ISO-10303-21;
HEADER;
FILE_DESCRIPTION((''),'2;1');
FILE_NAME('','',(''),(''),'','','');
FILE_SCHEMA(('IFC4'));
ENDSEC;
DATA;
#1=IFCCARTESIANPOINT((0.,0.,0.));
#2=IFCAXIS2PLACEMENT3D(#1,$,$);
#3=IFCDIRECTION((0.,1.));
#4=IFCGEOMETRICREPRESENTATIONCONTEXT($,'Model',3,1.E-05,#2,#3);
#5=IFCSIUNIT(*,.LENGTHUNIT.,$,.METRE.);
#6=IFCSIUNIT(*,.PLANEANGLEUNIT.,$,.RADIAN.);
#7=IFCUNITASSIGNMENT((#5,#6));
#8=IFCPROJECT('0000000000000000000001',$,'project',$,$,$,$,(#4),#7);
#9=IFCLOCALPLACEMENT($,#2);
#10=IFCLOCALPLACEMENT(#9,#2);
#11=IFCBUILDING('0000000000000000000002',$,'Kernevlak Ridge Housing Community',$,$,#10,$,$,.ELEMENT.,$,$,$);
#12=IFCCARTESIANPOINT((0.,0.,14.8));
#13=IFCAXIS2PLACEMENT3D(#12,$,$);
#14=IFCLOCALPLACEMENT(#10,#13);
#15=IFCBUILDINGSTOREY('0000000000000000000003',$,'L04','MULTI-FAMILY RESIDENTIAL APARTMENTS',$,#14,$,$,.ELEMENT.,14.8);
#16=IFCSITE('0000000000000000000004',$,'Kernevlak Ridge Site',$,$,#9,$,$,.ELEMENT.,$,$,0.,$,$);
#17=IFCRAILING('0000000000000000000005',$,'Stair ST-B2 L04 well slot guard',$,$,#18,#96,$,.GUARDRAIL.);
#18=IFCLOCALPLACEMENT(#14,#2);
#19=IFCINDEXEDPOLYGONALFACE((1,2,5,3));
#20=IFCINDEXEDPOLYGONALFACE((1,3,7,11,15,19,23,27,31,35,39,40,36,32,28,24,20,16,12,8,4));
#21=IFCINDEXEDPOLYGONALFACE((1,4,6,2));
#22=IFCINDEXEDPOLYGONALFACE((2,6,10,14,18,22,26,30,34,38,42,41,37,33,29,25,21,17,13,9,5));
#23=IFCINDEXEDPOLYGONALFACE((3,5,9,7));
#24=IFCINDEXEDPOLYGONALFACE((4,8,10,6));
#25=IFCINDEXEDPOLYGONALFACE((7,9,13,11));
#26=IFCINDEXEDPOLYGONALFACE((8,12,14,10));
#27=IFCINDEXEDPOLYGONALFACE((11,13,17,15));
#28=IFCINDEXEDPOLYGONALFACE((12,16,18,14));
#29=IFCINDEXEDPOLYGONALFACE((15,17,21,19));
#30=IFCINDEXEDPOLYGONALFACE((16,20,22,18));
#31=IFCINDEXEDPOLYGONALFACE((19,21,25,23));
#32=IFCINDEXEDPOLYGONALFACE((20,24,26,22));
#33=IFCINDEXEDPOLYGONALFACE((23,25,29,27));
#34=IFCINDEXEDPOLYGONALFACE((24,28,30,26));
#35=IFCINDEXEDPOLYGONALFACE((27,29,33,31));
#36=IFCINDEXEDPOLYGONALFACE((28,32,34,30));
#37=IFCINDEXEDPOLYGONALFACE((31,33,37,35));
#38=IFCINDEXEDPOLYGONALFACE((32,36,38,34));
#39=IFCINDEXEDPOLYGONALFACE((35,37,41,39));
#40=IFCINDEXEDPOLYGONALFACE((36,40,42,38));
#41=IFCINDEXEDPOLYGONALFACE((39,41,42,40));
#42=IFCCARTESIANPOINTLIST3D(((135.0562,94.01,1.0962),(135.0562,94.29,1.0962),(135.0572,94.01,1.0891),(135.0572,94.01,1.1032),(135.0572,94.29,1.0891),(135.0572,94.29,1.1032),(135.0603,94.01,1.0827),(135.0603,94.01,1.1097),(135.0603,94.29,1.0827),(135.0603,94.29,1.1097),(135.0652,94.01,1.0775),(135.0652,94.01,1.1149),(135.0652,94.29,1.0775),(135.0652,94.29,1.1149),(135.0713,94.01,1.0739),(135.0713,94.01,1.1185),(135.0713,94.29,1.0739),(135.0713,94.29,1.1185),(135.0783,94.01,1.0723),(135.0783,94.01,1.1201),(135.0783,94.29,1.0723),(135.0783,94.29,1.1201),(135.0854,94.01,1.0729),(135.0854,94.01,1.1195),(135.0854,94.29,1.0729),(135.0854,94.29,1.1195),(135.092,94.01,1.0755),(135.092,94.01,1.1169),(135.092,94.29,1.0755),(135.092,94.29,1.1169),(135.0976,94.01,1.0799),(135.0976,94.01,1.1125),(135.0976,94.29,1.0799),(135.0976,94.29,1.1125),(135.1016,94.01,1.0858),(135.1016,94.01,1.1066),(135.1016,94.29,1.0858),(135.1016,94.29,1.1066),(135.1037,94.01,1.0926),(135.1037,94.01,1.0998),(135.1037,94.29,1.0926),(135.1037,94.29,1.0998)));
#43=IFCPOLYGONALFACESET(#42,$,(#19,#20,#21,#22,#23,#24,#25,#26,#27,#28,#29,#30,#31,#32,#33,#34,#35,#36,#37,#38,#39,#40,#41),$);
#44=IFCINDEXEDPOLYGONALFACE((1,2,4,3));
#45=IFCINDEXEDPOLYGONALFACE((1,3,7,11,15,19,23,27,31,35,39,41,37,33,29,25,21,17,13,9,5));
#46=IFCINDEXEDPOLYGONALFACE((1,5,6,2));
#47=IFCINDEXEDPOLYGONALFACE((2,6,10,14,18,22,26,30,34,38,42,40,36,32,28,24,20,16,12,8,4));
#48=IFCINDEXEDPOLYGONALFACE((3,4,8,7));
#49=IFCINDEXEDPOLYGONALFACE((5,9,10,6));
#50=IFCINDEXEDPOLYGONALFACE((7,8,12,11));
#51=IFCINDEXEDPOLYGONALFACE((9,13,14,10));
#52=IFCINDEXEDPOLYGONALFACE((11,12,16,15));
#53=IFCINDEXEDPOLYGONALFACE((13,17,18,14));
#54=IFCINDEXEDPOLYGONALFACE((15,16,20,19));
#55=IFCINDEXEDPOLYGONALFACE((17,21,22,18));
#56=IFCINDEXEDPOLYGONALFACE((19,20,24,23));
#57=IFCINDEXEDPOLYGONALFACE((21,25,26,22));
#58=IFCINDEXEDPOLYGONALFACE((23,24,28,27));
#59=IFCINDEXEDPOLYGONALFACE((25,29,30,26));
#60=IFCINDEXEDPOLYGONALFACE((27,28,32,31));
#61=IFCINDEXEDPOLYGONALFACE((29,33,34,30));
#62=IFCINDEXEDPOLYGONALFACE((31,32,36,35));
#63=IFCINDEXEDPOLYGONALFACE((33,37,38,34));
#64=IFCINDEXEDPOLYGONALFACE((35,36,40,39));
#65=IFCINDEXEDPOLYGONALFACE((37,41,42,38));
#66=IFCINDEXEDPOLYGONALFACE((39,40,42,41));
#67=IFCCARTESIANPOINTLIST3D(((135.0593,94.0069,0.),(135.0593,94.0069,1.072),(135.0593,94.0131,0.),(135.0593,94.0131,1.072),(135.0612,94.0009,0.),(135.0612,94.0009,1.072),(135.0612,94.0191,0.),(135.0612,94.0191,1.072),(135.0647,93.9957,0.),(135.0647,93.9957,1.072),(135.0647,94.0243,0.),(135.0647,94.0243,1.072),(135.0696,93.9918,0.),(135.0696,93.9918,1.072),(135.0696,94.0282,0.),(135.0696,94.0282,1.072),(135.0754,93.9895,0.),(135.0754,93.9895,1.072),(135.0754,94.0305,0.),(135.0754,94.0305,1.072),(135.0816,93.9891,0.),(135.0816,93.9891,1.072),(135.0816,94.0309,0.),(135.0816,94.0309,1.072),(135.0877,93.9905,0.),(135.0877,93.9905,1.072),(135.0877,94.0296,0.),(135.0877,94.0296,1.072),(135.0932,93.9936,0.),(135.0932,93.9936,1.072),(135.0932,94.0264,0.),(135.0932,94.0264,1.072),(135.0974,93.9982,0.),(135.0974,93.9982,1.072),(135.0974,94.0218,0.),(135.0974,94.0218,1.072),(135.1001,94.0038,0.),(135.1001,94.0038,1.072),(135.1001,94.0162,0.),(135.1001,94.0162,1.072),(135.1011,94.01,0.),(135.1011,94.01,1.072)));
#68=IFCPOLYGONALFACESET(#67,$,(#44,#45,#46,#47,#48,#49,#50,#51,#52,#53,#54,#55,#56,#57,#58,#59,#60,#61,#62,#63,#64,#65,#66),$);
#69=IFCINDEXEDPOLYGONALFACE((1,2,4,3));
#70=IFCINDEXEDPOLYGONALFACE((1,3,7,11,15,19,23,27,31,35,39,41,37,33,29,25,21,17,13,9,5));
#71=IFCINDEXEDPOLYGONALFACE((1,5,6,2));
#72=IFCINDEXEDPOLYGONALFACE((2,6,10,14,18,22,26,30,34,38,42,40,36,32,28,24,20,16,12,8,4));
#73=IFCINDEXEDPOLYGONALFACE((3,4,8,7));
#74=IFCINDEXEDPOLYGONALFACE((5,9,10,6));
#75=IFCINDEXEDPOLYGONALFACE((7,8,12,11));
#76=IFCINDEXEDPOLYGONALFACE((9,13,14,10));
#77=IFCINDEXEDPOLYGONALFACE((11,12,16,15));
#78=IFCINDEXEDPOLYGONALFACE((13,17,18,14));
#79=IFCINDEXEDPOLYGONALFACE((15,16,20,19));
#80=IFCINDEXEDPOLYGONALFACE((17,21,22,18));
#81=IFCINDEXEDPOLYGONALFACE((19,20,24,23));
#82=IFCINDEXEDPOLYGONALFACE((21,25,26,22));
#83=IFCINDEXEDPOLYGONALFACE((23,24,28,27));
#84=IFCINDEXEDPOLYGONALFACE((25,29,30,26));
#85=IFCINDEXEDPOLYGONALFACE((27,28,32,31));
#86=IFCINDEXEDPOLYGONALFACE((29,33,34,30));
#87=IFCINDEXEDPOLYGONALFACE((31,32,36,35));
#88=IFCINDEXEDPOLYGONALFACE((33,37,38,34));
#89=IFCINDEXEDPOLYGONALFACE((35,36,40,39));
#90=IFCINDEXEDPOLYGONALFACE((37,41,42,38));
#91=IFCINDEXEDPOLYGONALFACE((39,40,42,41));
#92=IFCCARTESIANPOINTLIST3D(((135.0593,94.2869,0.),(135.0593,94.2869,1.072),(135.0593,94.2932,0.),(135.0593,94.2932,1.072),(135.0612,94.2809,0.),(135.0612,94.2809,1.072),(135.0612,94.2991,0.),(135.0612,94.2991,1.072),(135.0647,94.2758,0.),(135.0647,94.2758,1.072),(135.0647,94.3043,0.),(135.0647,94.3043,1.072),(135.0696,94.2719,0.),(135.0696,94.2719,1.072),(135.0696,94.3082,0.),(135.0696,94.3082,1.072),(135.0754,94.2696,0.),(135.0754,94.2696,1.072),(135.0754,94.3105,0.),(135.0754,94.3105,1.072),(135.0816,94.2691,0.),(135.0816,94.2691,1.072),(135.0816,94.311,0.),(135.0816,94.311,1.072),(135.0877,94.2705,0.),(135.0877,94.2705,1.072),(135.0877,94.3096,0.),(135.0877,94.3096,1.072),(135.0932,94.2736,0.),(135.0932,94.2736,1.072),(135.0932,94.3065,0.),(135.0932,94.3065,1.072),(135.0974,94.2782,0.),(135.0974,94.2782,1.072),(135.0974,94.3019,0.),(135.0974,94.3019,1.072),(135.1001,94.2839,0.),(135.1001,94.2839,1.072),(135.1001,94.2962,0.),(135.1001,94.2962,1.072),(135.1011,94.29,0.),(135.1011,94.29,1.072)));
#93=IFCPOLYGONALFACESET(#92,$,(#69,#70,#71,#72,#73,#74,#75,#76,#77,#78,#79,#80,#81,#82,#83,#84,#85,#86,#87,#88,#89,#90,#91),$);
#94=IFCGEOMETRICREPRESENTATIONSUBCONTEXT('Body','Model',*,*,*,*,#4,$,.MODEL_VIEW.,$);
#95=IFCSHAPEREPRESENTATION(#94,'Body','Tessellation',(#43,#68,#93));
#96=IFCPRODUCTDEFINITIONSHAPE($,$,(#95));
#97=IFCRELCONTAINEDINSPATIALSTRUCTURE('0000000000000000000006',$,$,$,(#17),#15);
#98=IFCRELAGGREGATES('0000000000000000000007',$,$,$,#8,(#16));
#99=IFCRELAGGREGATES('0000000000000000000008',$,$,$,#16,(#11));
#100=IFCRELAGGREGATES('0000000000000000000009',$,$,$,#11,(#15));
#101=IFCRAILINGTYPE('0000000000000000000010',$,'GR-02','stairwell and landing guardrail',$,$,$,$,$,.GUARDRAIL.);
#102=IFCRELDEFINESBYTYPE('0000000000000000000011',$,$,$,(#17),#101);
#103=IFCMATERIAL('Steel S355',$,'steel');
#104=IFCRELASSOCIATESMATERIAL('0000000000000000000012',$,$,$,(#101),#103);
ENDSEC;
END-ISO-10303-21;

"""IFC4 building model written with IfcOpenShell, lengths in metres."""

from ifc_helpers import new_model, si_unit, direction, frame, origin, origin_2d, place, context, subcontext, project, spatial, circle, extrude, material, type_object, element, save


model = new_model("IFC4")

# Units and contexts
model_context = context("Model", 3, precision=1e-05, world=origin(), true_north=direction((0.0, 1.0)))
body_context = subcontext(model_context, "Body", "Model", "MODEL_VIEW")
ifc_project = project(units=[si_unit("LENGTHUNIT", "METRE"), si_unit("PLANEANGLEUNIT", "RADIAN")], contexts=[model_context])

# Site, building, storey
site_placement = place(None, origin())
site = spatial("IfcSite", under=ifc_project, at=site_placement, Name="Kernevlak Ridge Site", CompositionType="ELEMENT", RefElevation=0.0)
building_placement = place(site_placement, origin())
building = spatial("IfcBuilding", under=site, at=building_placement, Name="Kernevlak Ridge Housing Community", CompositionType="ELEMENT")
storey_placement = place(building_placement, frame((0.0, 0.0, 14.8)))
storey = spatial("IfcBuildingStorey", under=building, at=storey_placement, Name="L04", Description="MULTI-FAMILY RESIDENTIAL APARTMENTS", CompositionType="ELEMENT", Elevation=14.8)

# Railing
ifc_material_1 = material(Name="Steel S355", Category="steel")
railing_type_1 = type_object("IfcRailingType", Name="GR-02", Description="stairwell and landing guardrail", PredefinedType="GUARDRAIL", material=ifc_material_1)
railing_1_placement = place(storey_placement, frame((135.0801, 94.01, 0.0)))
element("IfcRailing", 1, at=railing_1_placement, inside=storey, type_object=railing_type_1, Name="Stair ST-B2 L04 well slot guard", PredefinedType="GUARDRAIL", context=body_context, shape_type="SweptSolid", body=[
    extrude(circle(Radius=0.0239, at=origin_2d()), frame((0.0, 0.0, 1.0962), z_axis=(0.0, 1.0, 0.0), x_axis=(-1.0, 0.0, 0.0)), (0.0, 0.0, 1.0), 0.28),
    extrude(circle(Radius=0.021, at=origin_2d()), origin(), (0.0, 0.0, 1.0), 1.072),
    extrude(circle(Radius=0.021, at=origin_2d()), frame((0.0, 0.28, 0.0)), (0.0, 0.0, 1.0), 1.072),
])

save(model, "model.ifc")
